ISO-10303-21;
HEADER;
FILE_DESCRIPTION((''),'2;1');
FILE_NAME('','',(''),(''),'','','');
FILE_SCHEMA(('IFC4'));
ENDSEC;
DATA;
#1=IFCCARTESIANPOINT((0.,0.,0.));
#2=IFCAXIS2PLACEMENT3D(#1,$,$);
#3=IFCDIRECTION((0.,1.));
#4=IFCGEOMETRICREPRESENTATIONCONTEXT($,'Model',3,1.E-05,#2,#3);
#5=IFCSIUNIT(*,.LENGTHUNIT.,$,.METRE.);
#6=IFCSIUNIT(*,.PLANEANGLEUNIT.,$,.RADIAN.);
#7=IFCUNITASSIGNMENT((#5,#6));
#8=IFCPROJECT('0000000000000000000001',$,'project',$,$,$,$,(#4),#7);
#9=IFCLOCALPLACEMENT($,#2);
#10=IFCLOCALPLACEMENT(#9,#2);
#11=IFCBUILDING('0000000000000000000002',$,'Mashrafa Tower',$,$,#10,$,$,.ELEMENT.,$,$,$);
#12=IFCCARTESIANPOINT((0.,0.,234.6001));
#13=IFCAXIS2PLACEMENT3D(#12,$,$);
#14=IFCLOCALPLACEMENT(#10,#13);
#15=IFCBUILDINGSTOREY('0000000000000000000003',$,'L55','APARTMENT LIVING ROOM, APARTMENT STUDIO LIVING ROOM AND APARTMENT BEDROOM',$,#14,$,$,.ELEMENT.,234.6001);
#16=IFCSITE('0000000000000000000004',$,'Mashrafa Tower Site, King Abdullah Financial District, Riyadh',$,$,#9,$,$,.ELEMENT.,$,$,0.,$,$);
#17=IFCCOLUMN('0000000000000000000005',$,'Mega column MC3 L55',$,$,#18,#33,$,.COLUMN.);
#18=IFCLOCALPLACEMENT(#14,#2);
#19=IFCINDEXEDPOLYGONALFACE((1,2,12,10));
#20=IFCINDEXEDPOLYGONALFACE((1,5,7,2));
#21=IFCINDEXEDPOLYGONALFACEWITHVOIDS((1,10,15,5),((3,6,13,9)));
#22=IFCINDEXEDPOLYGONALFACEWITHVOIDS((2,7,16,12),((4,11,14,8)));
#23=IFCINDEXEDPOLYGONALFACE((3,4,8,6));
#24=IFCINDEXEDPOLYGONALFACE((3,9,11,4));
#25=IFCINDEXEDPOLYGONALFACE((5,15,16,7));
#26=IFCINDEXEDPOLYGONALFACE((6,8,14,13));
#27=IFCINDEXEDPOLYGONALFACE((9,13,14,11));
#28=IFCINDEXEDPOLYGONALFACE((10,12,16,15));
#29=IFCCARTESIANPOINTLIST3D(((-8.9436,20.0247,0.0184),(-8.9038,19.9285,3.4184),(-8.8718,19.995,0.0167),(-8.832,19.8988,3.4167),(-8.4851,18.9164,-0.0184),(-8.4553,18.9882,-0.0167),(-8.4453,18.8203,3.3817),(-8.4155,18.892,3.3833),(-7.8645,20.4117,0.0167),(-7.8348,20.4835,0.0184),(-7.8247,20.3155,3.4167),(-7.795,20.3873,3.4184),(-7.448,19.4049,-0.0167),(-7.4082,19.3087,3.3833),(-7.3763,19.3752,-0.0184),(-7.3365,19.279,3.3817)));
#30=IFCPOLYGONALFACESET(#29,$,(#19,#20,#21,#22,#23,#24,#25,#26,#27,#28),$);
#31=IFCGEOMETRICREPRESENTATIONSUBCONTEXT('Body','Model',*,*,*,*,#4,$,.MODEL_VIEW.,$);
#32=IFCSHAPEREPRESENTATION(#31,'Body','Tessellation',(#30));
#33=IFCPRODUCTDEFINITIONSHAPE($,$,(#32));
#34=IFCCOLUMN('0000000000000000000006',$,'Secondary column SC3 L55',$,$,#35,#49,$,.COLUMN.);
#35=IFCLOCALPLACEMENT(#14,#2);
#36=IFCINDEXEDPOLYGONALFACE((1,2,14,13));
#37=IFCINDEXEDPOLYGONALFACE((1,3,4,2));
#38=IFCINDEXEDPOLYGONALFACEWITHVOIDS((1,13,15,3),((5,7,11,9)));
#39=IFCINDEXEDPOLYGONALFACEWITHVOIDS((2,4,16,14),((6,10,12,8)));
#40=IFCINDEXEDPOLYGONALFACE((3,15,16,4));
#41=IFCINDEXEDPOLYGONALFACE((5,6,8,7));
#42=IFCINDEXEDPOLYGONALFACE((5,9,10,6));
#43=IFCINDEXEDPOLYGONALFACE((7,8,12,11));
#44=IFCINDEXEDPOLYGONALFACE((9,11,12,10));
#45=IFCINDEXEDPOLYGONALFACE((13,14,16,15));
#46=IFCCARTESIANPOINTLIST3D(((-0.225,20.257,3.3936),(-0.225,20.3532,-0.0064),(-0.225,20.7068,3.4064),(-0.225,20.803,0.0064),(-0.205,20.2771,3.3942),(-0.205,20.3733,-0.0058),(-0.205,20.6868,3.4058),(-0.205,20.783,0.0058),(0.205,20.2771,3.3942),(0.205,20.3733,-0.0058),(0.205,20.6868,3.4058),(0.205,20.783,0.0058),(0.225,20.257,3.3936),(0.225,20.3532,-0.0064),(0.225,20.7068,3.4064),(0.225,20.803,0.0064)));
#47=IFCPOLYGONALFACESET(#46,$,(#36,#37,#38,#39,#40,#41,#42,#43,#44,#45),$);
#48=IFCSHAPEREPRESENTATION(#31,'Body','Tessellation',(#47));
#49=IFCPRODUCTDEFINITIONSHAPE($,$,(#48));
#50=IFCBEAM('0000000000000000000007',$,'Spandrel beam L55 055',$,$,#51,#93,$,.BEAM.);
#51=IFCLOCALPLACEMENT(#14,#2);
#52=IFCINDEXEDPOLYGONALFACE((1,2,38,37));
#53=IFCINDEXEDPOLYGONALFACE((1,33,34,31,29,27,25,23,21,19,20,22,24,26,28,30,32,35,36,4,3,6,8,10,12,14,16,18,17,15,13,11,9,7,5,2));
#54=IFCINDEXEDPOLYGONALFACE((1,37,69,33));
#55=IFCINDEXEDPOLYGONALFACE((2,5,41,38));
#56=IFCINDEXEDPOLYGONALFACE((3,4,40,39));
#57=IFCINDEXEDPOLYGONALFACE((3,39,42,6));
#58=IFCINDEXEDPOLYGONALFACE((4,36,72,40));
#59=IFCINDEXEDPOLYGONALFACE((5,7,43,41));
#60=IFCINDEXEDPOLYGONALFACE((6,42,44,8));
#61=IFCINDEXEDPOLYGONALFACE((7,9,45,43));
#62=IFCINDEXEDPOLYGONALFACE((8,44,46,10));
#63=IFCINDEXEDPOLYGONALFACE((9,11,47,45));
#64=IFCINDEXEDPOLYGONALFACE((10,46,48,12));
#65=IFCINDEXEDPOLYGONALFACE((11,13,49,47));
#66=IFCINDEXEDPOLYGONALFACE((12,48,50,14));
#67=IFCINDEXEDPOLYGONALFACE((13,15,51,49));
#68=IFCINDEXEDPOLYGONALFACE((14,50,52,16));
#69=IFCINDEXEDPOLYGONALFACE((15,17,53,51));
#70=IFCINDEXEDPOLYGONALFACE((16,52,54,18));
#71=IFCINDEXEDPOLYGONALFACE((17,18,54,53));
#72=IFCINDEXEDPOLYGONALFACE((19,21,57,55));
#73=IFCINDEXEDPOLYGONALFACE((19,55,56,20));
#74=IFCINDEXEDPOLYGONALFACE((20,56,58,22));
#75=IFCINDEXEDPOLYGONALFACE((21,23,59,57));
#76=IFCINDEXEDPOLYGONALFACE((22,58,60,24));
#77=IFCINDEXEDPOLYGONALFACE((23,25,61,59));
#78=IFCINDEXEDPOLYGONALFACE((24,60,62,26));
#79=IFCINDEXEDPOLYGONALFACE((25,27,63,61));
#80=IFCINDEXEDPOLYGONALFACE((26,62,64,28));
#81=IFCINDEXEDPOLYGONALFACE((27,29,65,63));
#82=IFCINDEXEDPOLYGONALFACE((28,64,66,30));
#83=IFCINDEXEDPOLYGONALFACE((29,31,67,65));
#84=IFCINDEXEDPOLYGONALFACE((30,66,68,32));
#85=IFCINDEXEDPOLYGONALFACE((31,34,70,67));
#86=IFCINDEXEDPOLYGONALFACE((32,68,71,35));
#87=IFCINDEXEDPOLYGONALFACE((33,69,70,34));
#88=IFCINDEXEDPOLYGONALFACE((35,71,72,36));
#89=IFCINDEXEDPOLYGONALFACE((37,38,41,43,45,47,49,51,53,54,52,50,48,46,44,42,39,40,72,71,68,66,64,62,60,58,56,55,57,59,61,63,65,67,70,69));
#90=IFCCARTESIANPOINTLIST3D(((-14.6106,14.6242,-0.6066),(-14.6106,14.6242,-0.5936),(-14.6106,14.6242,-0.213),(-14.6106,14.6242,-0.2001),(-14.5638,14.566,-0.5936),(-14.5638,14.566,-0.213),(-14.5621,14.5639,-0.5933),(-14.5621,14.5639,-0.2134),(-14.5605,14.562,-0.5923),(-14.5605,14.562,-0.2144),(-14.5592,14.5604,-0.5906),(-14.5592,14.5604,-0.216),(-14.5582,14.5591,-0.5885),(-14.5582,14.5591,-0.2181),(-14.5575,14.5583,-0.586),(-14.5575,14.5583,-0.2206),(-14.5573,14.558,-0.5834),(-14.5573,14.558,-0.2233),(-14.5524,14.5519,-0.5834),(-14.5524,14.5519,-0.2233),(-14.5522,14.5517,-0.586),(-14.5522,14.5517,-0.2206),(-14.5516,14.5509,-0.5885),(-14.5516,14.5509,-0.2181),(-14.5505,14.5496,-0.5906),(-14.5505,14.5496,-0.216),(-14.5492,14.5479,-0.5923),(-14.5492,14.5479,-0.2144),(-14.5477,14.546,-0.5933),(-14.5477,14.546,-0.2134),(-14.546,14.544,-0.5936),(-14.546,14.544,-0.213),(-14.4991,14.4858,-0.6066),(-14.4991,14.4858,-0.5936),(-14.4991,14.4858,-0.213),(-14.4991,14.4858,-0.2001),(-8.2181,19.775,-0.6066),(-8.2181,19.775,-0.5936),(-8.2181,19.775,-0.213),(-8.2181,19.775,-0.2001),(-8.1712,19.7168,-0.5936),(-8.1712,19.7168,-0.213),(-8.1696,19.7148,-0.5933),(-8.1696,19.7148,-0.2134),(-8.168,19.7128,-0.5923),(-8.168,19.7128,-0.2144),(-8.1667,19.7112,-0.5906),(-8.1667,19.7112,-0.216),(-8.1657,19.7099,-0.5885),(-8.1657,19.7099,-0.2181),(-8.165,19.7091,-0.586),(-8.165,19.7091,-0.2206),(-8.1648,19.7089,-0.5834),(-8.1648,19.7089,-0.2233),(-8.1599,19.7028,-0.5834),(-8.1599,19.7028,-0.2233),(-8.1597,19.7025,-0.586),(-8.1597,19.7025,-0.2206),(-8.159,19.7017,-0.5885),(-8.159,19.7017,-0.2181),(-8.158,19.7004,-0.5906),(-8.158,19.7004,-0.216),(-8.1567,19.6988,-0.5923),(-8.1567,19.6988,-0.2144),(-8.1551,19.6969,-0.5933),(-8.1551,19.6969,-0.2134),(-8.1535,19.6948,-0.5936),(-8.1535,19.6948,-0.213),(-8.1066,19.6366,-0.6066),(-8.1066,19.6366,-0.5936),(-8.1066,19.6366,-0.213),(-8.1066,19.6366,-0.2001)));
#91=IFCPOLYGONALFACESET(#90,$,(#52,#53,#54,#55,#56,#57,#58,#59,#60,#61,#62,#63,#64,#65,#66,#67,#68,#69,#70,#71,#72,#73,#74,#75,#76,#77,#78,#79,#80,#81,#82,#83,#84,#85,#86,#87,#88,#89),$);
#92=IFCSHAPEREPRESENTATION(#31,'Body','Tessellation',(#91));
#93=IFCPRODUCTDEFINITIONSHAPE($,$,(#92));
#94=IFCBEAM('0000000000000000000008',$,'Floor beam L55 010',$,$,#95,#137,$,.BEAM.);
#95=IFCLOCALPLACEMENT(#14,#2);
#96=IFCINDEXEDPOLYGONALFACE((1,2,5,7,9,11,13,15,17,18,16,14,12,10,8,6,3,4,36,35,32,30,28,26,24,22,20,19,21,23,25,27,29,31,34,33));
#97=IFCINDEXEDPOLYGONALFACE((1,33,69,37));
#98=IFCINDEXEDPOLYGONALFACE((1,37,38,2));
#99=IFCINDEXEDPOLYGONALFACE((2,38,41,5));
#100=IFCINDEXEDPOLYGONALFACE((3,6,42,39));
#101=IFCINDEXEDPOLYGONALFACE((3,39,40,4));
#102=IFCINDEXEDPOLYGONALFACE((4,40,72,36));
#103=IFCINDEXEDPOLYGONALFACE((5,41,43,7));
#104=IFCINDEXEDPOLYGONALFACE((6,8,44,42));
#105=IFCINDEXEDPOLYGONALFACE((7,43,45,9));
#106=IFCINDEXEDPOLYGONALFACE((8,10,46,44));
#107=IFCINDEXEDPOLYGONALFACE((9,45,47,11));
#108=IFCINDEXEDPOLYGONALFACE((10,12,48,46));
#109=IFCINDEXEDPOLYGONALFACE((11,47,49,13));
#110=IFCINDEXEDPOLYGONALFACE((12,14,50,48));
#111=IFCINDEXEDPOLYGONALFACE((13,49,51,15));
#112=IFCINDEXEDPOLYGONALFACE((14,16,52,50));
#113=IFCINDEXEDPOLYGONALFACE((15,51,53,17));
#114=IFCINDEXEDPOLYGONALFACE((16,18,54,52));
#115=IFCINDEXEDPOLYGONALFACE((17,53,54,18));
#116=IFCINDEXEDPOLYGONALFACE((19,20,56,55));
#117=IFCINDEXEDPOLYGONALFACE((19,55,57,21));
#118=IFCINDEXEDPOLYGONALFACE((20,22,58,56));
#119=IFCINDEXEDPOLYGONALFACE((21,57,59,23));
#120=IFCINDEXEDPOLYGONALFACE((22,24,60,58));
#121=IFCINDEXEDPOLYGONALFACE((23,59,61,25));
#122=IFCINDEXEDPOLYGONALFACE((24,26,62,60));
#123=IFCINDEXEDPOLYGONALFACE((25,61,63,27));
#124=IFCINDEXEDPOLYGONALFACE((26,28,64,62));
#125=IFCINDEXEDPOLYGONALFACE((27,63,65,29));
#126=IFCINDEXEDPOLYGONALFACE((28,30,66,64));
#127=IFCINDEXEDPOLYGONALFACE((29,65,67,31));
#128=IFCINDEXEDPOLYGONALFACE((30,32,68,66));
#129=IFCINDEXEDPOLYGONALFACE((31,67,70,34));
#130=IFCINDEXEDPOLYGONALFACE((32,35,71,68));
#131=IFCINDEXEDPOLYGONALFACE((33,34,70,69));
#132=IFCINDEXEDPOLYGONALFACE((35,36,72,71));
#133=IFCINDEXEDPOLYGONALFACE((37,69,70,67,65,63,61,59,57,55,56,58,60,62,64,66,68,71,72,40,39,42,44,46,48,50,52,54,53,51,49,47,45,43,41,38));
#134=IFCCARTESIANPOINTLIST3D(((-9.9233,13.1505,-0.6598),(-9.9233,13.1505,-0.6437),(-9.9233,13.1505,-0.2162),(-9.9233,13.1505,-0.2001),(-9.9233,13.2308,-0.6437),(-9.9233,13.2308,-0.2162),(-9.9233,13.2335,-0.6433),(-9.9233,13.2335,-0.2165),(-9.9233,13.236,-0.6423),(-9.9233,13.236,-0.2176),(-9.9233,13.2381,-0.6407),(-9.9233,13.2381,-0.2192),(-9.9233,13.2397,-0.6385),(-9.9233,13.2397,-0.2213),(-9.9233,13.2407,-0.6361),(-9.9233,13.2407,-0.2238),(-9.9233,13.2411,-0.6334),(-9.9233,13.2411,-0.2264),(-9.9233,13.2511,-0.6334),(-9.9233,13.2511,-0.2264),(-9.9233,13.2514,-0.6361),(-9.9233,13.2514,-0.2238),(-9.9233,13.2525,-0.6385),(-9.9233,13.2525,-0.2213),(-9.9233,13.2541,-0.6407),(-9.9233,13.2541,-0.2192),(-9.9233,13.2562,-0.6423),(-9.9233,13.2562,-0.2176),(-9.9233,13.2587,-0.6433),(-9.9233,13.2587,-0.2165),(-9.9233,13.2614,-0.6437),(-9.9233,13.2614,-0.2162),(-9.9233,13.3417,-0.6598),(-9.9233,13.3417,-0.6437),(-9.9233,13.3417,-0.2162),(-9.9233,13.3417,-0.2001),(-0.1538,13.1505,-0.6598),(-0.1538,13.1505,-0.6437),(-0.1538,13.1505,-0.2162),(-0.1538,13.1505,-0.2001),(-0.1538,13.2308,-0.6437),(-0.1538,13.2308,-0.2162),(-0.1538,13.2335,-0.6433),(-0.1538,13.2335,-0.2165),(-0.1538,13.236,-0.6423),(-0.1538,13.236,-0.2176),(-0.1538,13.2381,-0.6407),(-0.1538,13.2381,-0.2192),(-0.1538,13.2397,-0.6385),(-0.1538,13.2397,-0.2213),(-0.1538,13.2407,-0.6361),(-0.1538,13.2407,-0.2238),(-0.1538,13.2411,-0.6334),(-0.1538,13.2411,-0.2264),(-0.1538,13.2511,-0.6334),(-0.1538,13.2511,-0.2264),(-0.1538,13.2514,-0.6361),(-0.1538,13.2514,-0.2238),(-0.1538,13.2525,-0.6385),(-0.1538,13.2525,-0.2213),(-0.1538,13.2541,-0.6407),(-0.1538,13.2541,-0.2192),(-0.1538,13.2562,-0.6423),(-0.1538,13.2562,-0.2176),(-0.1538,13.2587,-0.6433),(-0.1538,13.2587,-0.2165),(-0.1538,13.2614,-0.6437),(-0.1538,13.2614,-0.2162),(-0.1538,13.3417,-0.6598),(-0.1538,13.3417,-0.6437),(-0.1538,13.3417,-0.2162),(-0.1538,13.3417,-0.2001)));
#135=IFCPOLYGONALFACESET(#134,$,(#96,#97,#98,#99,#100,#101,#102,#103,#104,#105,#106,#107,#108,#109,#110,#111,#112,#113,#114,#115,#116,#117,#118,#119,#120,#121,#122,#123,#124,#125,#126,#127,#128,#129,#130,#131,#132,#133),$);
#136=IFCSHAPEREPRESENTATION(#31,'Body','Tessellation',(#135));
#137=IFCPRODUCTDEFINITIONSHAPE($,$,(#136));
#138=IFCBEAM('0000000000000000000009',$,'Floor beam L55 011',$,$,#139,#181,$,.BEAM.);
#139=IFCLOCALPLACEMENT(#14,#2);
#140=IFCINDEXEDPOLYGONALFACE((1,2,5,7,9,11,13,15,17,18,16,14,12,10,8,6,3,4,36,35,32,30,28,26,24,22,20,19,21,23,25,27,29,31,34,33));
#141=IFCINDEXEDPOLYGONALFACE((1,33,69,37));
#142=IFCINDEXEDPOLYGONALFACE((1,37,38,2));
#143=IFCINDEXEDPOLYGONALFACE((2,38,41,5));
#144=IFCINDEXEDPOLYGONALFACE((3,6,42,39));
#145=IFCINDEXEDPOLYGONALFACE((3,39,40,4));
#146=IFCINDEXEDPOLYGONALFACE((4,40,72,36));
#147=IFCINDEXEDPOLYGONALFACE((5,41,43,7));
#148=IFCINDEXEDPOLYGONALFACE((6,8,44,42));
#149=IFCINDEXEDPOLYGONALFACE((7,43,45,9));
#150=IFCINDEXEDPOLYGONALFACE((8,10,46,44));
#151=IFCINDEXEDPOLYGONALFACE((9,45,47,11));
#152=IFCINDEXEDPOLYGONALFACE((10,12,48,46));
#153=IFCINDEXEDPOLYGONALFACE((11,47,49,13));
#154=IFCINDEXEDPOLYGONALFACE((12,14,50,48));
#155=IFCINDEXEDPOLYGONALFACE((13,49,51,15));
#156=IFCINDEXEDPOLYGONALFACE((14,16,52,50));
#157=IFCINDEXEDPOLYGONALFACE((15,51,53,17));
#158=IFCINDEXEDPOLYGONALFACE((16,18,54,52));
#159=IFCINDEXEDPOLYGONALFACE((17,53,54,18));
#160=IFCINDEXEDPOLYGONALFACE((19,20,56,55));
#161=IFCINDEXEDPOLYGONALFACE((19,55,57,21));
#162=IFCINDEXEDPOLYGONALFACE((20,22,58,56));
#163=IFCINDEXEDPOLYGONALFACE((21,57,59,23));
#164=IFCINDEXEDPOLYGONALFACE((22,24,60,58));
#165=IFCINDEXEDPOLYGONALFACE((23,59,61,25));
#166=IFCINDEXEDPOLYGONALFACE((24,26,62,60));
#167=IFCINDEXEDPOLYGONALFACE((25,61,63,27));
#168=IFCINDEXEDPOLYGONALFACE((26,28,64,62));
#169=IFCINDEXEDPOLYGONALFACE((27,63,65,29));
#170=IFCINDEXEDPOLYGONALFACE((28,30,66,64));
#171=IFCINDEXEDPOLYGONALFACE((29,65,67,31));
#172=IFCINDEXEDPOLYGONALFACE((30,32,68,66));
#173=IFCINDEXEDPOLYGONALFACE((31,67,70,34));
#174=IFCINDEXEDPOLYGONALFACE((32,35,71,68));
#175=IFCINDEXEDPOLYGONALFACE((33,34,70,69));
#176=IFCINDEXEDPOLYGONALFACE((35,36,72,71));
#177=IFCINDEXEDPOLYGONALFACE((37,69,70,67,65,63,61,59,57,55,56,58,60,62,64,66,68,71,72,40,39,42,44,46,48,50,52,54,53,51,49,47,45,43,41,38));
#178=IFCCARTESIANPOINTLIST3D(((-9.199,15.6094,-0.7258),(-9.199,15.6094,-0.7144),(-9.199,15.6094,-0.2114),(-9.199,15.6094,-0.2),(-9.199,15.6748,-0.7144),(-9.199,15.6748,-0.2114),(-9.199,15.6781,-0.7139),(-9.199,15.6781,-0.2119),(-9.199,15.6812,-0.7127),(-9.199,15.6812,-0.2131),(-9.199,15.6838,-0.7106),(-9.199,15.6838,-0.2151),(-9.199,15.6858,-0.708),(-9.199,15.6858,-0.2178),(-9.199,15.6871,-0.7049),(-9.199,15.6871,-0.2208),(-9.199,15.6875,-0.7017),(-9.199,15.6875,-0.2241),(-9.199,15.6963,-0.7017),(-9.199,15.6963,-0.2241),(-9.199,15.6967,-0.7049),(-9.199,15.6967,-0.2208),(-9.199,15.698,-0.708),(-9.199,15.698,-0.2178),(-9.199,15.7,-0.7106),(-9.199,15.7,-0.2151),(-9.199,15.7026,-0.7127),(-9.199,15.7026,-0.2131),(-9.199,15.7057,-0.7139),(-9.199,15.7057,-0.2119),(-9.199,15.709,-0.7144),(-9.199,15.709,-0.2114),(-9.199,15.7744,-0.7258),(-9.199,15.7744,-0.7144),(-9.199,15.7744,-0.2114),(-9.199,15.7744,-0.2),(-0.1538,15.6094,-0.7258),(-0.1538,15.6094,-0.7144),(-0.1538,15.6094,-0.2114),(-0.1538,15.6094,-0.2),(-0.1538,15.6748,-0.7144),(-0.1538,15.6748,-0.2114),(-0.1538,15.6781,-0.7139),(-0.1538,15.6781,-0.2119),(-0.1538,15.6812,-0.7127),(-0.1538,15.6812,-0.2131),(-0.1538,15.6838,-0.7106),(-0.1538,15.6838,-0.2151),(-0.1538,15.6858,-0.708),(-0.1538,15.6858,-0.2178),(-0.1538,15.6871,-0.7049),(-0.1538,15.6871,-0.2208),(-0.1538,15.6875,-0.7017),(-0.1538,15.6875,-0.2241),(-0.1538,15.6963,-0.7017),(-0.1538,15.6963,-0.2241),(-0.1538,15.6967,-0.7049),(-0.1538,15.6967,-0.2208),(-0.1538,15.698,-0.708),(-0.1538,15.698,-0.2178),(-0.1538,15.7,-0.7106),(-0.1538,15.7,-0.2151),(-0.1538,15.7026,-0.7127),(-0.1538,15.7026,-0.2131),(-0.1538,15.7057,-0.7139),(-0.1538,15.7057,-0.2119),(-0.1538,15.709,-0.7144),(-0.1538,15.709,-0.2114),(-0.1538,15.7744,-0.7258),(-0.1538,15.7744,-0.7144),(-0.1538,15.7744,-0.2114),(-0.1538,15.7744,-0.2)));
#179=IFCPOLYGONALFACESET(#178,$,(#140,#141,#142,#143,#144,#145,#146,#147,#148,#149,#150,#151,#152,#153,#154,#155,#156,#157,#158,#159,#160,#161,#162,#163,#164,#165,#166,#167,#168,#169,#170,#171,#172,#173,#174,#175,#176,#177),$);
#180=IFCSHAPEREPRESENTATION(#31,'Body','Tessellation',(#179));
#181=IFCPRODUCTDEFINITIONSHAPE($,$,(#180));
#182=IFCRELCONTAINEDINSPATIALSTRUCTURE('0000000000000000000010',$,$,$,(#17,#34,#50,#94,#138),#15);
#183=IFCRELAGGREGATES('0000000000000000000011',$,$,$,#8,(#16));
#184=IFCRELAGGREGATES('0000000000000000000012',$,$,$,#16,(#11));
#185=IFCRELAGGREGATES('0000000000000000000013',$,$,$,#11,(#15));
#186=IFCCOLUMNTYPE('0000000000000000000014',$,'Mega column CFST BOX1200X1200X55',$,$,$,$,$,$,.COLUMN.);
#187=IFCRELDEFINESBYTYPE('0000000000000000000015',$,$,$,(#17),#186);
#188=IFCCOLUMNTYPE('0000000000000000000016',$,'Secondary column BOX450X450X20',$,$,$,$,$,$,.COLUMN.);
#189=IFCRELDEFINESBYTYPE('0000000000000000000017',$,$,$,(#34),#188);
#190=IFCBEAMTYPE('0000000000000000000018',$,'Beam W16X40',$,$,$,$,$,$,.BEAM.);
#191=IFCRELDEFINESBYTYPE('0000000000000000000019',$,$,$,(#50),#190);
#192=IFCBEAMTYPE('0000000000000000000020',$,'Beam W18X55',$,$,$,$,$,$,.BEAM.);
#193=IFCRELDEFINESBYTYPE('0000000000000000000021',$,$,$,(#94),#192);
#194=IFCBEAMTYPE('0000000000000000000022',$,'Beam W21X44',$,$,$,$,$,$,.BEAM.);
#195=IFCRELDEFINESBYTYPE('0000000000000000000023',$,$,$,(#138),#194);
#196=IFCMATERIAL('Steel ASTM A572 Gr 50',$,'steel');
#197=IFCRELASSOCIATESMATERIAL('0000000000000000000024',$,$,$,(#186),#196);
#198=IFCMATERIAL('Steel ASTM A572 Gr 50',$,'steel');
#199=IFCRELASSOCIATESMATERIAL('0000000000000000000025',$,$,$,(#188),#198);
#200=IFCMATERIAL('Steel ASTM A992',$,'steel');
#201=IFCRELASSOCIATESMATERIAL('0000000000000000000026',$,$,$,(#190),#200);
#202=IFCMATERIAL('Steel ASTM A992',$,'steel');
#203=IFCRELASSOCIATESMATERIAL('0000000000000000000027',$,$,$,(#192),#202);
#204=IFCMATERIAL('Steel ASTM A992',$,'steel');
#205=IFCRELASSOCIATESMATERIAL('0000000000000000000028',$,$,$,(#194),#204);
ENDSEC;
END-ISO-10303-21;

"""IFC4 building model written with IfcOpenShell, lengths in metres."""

from ifc_helpers import new_model, si_unit, direction, frame, origin, origin_2d, place, context, subcontext, project, spatial, hollow_rectangle, i_section, extrude, material, material_profile, profile_set, type_object, element, save


model = new_model("IFC4")

# Units and contexts
model_context = context("Model", 3, precision=1e-05, world=origin(), true_north=direction((0.0, 1.0)))
body_context = subcontext(model_context, "Body", "Model", "MODEL_VIEW")
ifc_project = project(units=[si_unit("LENGTHUNIT", "METRE"), si_unit("PLANEANGLEUNIT", "RADIAN")], contexts=[model_context])

# Site, building, storey
site_placement = place(None, origin())
site = spatial("IfcSite", under=ifc_project, at=site_placement, Name="Mashrafa Tower Site, King Abdullah Financial District, Riyadh", CompositionType="ELEMENT", RefElevation=0.0)
building_placement = place(site_placement, origin())
building = spatial("IfcBuilding", under=site, at=building_placement, Name="Mashrafa Tower", CompositionType="ELEMENT")
storey_placement = place(building_placement, frame((0.0, 0.0, 234.6001)))
storey = spatial("IfcBuildingStorey", under=building, at=storey_placement, Name="L55", Description="APARTMENT LIVING ROOM, APARTMENT STUDIO LIVING ROOM AND APARTMENT BEDROOM", CompositionType="ELEMENT", Elevation=234.6001)

# Columns
ifc_material_1 = material(Name="Steel ASTM A572 Gr 50", Category="steel")
ifc_material_profile_1 = material_profile(ifc_material_1, hollow_rectangle(XDim=1.2, YDim=1.2, WallThickness=0.0549, at=origin_2d()), Name="BOX1200X1200X55")
ifc_profile_set_1 = profile_set([ifc_material_profile_1], Name="Steel ASTM A572 Gr 50")
column_type_1 = type_object("IfcColumnType", Name="Mega column CFST BOX1200X1200X55", PredefinedType="COLUMN", material=ifc_profile_set_1)
column_1_placement = place(storey_placement, frame((-8.1599, 19.7, 0.0), z_axis=(0.011699, -0.028279, 0.999532), x_axis=(0.924045, 0.382283, 0.0)))
element("IfcColumn", 1, at=column_1_placement, inside=storey, type_object=column_type_1, Name="Mega column MC3 L55", PredefinedType="COLUMN", context=body_context, shape_type="SweptSolid", body=[
    extrude(hollow_rectangle(XDim=1.2, YDim=1.2, WallThickness=0.0549, at=origin_2d()), origin(), (0.0, 0.0, 1.0), 3.4016),
])
ifc_material_2 = material(Name="Steel ASTM A572 Gr 50", Category="steel")
ifc_material_profile_2 = material_profile(ifc_material_2, hollow_rectangle(XDim=0.45, YDim=0.45, WallThickness=0.02, at=origin_2d()), Name="BOX450X450X20")
ifc_profile_set_2 = profile_set([ifc_material_profile_2], Name="Steel ASTM A572 Gr 50")
column_type_2 = type_object("IfcColumnType", Name="Secondary column BOX450X450X20", PredefinedType="COLUMN", material=ifc_profile_set_2)
column_2_placement = place(storey_placement, frame((0.0, 20.5781, 0.0), z_axis=(0.0, -0.028281, 0.9996), x_axis=(1.0, 0.0, 0.0)))
element("IfcColumn", 2, at=column_2_placement, inside=storey, type_object=column_type_2, Name="Secondary column SC3 L55", PredefinedType="COLUMN", context=body_context, shape_type="SweptSolid", body=[
    extrude(hollow_rectangle(XDim=0.45, YDim=0.45, WallThickness=0.02, at=origin_2d()), origin(), (0.0, 0.0, 1.0), 3.4014),
])

# Beams
ifc_material_3 = material(Name="Steel ASTM A992", Category="steel")
ifc_material_profile_3 = material_profile(ifc_material_3, i_section(OverallWidth=0.1777, OverallDepth=0.4065, WebThickness=0.0078, FlangeThickness=0.0129, FilletRadius=0.0103, at=origin_2d()), Name="W16X40")
ifc_profile_set_3 = profile_set([ifc_material_profile_3], Name="Steel ASTM A992")
beam_type_1 = type_object("IfcBeamType", Name="Beam W16X40", PredefinedType="BEAM", material=ifc_profile_set_3)
beam_1_placement = place(storey_placement, frame((-8.1624, 19.7058, -0.4033), z_axis=(-0.778676, -0.627426, 0.0), x_axis=(0.627426, -0.778676, 0.0)))
element("IfcBeam", 3, at=beam_1_placement, inside=storey, type_object=beam_type_1, Name="Spandrel beam L55 055", PredefinedType="BEAM", context=body_context, shape_type="SweptSolid", body=[
    extrude(i_section(OverallWidth=0.1777, OverallDepth=0.4065, WebThickness=0.0078, FlangeThickness=0.0129, FilletRadius=0.0103, at=origin_2d()), origin(), (0.0, 0.0, 1.0), 8.2095),
])
ifc_material_4 = material(Name="Steel ASTM A992", Category="steel")
ifc_material_profile_4 = material_profile(ifc_material_4, i_section(OverallWidth=0.1912, OverallDepth=0.4597, WebThickness=0.01, FlangeThickness=0.0161, FilletRadius=0.0103, at=origin_2d()), Name="W18X55")
ifc_profile_set_4 = profile_set([ifc_material_profile_4], Name="Steel ASTM A992")
beam_type_2 = type_object("IfcBeamType", Name="Beam W18X55", PredefinedType="BEAM", material=ifc_profile_set_4)
beam_2_placement = place(storey_placement, frame((-9.9233, 13.2461, -0.4299), z_axis=(1.0, 0.0, 0.0), x_axis=(0.0, 1.0, 0.0)))
element("IfcBeam", 4, at=beam_2_placement, inside=storey, type_object=beam_type_2, Name="Floor beam L55 010", PredefinedType="BEAM", context=body_context, shape_type="SweptSolid", body=[
    extrude(i_section(OverallWidth=0.1912, OverallDepth=0.4597, WebThickness=0.01, FlangeThickness=0.0161, FilletRadius=0.0103, at=origin_2d()), origin(), (0.0, 0.0, 1.0), 9.7695),
])
ifc_material_5 = material(Name="Steel ASTM A992", Category="steel")
ifc_material_profile_5 = material_profile(ifc_material_5, i_section(OverallWidth=0.165, OverallDepth=0.5259, WebThickness=0.0088, FlangeThickness=0.0115, FilletRadius=0.0127, at=origin_2d()), Name="W21X44")
ifc_profile_set_5 = profile_set([ifc_material_profile_5], Name="Steel ASTM A992")
beam_type_3 = type_object("IfcBeamType", Name="Beam W21X44", PredefinedType="BEAM", material=ifc_profile_set_5)
beam_3_placement = place(storey_placement, frame((-9.199, 15.6919, -0.4629), z_axis=(1.0, 0.0, 0.0), x_axis=(0.0, 1.0, 0.0)))
element("IfcBeam", 5, at=beam_3_placement, inside=storey, type_object=beam_type_3, Name="Floor beam L55 011", PredefinedType="BEAM", context=body_context, shape_type="SweptSolid", body=[
    extrude(i_section(OverallWidth=0.165, OverallDepth=0.5259, WebThickness=0.0088, FlangeThickness=0.0115, FilletRadius=0.0127, at=origin_2d()), origin(), (0.0, 0.0, 1.0), 9.0452),
])

save(model, "model.ifc")
